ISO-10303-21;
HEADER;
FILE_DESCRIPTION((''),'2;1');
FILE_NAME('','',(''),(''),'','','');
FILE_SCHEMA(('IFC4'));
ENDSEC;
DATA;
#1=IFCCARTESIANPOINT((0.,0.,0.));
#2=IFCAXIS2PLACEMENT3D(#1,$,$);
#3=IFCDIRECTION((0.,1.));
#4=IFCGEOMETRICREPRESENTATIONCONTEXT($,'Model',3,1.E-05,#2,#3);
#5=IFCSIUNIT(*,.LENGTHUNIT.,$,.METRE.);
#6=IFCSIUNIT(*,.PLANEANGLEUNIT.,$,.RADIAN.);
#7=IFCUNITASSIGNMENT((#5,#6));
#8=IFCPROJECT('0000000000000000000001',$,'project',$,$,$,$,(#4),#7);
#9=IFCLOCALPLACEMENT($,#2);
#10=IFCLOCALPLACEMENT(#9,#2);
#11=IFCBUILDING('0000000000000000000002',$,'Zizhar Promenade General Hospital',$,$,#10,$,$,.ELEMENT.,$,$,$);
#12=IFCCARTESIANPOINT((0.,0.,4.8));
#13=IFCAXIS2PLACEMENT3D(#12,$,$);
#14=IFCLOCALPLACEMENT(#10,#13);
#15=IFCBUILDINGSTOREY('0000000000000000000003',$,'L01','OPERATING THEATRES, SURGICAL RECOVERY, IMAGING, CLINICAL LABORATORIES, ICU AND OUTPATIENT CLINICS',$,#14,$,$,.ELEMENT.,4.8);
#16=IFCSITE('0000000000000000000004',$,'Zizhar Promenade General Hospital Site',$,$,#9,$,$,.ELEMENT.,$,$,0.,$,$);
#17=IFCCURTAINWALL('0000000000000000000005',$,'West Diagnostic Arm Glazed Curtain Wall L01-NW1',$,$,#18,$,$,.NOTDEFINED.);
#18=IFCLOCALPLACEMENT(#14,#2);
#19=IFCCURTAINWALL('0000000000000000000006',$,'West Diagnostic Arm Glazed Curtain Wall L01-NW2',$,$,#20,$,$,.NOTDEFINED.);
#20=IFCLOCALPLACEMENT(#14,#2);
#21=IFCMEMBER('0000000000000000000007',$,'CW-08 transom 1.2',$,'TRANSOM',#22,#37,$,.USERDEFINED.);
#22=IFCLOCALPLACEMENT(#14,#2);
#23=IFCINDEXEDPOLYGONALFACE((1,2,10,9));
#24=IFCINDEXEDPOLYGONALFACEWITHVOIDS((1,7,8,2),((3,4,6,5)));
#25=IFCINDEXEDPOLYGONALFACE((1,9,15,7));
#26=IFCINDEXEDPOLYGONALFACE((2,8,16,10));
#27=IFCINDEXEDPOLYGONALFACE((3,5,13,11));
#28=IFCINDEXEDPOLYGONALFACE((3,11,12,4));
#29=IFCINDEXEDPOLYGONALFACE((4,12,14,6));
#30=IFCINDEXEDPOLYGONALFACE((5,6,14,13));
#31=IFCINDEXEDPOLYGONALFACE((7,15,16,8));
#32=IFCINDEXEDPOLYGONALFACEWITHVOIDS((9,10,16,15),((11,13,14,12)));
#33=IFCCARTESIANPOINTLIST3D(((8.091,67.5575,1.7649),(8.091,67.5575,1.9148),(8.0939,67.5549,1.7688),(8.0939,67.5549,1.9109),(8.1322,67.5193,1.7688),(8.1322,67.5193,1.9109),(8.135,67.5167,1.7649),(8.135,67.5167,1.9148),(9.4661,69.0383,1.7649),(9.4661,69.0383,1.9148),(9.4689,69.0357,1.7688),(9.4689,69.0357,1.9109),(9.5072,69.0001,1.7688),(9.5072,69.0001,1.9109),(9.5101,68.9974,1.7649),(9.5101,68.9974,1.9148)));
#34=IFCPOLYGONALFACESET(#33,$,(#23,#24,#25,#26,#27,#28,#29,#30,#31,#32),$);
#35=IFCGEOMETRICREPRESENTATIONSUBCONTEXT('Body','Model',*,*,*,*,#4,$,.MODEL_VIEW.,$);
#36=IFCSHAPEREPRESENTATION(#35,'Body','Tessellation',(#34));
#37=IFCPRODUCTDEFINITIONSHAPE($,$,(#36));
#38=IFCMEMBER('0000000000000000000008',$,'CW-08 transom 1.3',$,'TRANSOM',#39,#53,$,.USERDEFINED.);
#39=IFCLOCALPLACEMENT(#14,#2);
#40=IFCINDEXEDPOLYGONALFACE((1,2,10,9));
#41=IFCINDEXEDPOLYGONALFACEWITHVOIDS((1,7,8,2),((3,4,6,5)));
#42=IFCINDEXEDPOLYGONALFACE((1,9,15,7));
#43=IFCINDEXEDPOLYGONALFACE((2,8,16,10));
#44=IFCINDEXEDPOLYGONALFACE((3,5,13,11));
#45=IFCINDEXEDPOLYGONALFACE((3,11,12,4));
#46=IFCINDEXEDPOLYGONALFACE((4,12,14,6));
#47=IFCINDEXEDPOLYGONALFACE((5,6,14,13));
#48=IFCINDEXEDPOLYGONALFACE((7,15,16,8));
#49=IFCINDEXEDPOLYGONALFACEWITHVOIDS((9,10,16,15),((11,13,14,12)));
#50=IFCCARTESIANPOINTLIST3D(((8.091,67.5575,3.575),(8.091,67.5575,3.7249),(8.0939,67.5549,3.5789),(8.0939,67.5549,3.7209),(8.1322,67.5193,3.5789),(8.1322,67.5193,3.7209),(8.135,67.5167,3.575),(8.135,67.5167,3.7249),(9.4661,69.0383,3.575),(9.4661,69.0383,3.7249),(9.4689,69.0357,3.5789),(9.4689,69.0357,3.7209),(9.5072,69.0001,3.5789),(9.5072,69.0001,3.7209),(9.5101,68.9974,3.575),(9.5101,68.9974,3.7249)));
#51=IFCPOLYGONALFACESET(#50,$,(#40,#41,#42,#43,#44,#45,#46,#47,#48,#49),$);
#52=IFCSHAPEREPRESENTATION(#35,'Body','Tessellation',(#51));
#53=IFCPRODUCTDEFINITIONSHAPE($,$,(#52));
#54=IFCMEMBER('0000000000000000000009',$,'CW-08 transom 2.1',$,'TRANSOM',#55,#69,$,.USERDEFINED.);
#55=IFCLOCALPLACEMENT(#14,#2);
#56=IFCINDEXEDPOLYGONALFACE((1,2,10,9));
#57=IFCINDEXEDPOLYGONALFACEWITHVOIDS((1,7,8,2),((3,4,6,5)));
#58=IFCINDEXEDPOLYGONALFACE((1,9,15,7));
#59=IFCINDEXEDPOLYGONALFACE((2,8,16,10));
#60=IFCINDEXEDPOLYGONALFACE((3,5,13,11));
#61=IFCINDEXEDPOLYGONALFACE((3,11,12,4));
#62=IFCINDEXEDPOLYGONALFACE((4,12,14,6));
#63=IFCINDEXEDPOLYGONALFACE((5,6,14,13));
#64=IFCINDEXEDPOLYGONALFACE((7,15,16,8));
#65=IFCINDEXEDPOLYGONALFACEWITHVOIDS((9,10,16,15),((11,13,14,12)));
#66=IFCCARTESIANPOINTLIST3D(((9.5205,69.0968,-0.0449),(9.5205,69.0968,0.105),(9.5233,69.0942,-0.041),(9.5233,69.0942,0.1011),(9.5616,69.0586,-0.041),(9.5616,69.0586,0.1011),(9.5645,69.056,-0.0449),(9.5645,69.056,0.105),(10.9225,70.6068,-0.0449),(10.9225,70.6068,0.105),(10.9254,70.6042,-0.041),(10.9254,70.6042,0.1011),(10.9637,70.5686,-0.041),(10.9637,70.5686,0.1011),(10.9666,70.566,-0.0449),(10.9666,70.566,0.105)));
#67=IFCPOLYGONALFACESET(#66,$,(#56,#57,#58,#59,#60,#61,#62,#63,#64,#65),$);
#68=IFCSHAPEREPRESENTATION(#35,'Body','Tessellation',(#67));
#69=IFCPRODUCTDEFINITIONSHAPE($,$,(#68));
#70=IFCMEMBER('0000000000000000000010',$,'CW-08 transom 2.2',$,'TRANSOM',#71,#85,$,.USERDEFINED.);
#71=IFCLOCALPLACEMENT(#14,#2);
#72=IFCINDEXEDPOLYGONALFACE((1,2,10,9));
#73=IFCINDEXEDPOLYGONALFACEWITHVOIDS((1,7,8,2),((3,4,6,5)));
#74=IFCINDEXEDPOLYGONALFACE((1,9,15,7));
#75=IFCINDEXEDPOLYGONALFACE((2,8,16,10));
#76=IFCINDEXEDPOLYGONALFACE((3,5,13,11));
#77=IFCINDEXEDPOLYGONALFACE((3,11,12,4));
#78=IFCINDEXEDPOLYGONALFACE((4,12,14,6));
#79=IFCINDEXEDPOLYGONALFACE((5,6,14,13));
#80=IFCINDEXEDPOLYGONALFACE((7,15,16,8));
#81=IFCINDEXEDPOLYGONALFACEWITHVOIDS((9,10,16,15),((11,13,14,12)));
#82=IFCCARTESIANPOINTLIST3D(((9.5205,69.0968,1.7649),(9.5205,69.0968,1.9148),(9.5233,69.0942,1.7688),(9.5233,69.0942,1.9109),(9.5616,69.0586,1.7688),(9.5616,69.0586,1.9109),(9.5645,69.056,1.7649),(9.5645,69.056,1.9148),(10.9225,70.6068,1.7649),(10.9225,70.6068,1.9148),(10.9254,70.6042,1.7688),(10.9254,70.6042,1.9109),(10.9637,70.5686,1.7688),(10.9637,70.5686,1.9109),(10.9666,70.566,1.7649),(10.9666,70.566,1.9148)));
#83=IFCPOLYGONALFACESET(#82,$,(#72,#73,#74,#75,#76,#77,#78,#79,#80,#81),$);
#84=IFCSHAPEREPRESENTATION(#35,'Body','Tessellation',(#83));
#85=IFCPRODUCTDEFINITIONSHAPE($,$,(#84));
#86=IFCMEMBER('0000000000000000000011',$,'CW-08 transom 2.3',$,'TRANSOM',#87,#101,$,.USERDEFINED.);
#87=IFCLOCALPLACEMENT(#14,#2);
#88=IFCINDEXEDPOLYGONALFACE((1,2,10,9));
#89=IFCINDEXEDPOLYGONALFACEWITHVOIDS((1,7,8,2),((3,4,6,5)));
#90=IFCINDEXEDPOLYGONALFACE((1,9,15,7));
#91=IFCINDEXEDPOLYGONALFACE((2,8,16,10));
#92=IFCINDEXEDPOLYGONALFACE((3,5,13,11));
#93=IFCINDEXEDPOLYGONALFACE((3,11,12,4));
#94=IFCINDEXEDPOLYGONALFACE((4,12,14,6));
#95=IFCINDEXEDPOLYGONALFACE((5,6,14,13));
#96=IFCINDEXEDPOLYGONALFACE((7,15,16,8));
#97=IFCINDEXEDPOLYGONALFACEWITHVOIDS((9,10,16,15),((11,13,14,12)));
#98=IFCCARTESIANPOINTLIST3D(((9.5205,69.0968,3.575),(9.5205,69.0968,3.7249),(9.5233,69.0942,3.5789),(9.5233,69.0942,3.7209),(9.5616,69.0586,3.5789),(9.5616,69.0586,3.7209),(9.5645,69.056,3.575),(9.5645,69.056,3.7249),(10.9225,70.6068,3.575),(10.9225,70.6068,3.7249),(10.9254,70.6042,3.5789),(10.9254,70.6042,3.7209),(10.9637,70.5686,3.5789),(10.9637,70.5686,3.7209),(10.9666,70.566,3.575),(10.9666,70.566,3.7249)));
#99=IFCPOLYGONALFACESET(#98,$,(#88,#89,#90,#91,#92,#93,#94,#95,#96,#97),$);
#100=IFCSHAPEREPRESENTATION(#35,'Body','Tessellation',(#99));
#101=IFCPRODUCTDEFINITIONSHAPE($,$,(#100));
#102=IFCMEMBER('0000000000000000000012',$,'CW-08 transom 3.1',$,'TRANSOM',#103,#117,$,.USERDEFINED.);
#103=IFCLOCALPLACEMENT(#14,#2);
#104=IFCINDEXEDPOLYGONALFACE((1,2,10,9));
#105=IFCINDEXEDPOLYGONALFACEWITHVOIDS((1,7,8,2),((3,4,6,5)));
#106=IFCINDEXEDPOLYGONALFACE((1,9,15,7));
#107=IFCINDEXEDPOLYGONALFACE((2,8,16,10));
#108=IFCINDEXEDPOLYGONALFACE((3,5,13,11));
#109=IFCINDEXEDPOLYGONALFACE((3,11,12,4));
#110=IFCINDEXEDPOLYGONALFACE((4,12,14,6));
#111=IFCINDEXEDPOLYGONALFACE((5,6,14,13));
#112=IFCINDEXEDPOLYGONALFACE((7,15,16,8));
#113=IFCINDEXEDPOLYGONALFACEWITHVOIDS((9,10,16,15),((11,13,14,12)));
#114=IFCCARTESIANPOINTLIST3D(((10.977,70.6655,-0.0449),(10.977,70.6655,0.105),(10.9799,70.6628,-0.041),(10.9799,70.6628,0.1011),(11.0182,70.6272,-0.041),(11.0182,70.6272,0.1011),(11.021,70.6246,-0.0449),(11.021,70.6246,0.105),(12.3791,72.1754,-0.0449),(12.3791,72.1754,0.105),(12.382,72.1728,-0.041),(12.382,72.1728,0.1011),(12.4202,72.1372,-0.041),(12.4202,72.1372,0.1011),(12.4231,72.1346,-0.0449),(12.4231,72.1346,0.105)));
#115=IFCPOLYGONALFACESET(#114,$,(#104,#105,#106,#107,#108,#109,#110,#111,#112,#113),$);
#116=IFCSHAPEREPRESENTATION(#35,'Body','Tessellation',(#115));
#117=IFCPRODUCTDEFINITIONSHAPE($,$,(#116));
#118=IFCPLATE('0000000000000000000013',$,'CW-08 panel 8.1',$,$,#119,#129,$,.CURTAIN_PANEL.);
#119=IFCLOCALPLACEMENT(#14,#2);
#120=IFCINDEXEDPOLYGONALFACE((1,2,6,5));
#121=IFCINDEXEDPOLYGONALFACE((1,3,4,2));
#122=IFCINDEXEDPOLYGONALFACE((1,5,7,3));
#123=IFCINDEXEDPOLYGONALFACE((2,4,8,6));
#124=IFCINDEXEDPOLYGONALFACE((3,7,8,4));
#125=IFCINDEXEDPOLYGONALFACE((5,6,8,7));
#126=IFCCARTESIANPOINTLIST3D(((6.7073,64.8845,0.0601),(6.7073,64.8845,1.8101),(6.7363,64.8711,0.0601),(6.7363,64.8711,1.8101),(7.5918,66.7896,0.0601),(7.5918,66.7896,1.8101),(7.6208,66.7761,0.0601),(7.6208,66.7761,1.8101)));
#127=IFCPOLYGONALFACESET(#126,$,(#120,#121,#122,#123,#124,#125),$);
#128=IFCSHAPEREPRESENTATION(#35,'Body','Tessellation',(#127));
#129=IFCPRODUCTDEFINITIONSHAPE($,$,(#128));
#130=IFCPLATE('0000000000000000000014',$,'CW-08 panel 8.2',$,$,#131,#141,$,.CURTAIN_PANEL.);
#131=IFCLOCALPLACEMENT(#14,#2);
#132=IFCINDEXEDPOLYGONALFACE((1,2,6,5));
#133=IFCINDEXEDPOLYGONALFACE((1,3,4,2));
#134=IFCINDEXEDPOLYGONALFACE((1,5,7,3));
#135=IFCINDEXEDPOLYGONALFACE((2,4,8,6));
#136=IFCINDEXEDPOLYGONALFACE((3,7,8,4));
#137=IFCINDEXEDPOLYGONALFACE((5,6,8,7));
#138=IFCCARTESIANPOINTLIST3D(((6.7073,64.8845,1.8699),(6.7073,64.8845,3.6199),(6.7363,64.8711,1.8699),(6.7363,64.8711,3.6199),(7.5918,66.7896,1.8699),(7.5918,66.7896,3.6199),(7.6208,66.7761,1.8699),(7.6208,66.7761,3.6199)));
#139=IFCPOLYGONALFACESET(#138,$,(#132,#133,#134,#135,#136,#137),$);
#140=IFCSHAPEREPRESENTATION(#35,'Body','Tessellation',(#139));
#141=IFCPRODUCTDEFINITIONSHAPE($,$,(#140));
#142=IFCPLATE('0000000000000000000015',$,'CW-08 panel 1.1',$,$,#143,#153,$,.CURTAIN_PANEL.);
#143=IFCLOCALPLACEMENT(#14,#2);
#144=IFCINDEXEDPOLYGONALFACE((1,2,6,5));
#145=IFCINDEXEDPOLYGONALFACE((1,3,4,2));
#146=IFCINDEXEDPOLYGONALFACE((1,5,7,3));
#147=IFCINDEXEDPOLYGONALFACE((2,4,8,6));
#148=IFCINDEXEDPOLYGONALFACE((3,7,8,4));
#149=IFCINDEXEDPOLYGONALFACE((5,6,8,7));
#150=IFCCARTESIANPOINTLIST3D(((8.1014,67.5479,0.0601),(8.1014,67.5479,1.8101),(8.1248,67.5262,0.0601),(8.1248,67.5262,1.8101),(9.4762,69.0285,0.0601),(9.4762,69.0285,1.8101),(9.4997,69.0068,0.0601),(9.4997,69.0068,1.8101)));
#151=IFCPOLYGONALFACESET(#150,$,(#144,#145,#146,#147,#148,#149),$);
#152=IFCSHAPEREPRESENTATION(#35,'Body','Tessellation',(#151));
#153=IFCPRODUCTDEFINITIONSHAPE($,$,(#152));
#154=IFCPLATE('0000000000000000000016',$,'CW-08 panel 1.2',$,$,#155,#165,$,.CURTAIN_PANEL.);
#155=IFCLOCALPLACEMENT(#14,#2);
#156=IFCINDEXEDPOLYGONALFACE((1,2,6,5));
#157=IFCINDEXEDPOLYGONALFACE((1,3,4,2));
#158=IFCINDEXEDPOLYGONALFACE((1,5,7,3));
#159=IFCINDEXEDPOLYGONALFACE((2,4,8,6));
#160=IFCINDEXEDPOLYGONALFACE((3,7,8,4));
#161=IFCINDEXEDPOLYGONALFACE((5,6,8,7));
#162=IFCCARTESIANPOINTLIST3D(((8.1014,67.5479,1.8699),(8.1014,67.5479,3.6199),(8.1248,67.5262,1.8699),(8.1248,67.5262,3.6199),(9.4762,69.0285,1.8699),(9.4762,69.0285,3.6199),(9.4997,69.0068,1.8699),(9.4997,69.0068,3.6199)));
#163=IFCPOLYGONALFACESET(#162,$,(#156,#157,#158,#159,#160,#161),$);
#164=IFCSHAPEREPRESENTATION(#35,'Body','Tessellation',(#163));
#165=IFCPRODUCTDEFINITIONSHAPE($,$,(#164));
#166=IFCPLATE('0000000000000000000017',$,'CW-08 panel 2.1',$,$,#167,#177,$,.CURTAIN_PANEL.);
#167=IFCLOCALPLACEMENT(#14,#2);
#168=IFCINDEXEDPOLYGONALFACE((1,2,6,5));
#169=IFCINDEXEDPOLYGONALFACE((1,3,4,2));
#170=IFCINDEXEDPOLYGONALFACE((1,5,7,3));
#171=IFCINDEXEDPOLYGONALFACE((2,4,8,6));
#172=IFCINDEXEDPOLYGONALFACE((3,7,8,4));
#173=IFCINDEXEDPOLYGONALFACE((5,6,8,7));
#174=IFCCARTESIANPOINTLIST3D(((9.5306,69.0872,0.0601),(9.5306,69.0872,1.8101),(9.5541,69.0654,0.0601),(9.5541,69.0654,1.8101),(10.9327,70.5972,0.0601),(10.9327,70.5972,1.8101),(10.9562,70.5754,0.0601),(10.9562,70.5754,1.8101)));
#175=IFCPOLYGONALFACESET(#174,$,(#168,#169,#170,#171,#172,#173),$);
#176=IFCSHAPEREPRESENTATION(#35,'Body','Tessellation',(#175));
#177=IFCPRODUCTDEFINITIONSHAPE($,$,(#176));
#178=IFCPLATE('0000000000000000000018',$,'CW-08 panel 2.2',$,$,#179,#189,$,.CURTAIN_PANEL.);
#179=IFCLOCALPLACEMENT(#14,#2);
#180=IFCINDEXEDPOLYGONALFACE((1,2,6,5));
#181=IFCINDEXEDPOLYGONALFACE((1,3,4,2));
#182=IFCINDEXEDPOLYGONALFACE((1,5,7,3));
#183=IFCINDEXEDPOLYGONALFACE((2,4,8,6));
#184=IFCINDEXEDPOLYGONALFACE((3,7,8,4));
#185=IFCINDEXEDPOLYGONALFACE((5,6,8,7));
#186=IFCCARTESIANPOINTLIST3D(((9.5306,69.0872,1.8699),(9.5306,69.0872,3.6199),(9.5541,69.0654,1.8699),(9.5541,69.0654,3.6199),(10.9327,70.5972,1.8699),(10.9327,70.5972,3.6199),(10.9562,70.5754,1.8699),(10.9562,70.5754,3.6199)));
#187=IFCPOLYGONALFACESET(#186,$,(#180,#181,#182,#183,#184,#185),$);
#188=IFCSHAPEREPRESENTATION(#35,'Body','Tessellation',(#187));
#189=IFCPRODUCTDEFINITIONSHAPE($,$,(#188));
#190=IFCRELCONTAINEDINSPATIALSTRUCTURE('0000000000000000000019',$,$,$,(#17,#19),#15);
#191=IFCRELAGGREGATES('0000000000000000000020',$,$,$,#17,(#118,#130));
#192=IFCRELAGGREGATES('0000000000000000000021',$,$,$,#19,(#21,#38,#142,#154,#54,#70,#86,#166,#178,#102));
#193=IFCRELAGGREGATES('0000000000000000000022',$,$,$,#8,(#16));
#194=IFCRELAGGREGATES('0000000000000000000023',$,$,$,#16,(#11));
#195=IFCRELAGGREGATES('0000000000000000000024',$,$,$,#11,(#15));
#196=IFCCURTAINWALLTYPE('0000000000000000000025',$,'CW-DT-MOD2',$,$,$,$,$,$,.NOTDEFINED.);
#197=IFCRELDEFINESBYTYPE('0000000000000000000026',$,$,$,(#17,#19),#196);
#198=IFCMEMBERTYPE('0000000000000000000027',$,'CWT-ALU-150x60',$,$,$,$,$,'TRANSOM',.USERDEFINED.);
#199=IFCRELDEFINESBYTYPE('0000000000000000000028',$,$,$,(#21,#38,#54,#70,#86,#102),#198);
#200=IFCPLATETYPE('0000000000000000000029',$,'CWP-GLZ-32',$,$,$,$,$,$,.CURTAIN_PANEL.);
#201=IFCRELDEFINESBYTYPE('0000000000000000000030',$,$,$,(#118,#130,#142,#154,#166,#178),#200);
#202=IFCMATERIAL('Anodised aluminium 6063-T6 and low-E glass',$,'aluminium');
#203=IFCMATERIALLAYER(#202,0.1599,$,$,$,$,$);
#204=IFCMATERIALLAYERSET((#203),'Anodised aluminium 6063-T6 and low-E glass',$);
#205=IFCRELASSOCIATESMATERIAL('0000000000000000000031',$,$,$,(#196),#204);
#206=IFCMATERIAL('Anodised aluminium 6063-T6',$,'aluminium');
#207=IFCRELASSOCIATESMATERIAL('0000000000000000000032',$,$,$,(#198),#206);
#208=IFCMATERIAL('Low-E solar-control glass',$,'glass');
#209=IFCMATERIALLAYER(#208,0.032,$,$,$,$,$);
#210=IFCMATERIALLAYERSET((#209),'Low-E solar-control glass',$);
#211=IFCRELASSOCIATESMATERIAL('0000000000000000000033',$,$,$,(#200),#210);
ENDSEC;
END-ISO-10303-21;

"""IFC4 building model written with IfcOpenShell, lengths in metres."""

from ifc_helpers import new_model, si_unit, direction, frame, origin, origin_2d, place, context, subcontext, project, spatial, rectangle, hollow_rectangle, extrude, material, layer, layer_set, material_profile, profile_set, type_object, element, aggregate, save


model = new_model("IFC4")

# Units and contexts
model_context = context("Model", 3, precision=1e-05, world=origin(), true_north=direction((0.0, 1.0)))
body_context = subcontext(model_context, "Body", "Model", "MODEL_VIEW")
ifc_project = project(units=[si_unit("LENGTHUNIT", "METRE"), si_unit("PLANEANGLEUNIT", "RADIAN")], contexts=[model_context])

# Site, building, storey
site_placement = place(None, origin())
site = spatial("IfcSite", under=ifc_project, at=site_placement, Name="Zizhar Promenade General Hospital Site", CompositionType="ELEMENT", RefElevation=0.0)
building_placement = place(site_placement, origin())
building = spatial("IfcBuilding", under=site, at=building_placement, Name="Zizhar Promenade General Hospital", CompositionType="ELEMENT")
storey_placement = place(building_placement, frame((0.0, 0.0, 4.8)))
storey = spatial("IfcBuildingStorey", under=building, at=storey_placement, Name="L01", Description="OPERATING THEATRES, SURGICAL RECOVERY, IMAGING, CLINICAL LABORATORIES, ICU AND OUTPATIENT CLINICS", CompositionType="ELEMENT", Elevation=4.8)

# Curtain walls
ifc_material_1 = material(Name="Anodised aluminium 6063-T6 and low-E glass", Category="aluminium")
ifc_layer_1 = layer(ifc_material_1, 0.1599)
ifc_layer_set_1 = layer_set([ifc_layer_1], Name="Anodised aluminium 6063-T6 and low-E glass")
curtain_wall_type = type_object("IfcCurtainWallType", Name="CW-DT-MOD2", PredefinedType="NOTDEFINED", material=ifc_layer_set_1)
curtain_wall_1_placement = place(storey_placement, origin())
curtain_wall_1 = element("IfcCurtainWall", 1, at=curtain_wall_1_placement, inside=storey, type_object=curtain_wall_type, Name="West Diagnostic Arm Glazed Curtain Wall L01-NW1", PredefinedType="NOTDEFINED")
curtain_wall_2_placement = place(storey_placement, origin())
curtain_wall_2 = element("IfcCurtainWall", 2, at=curtain_wall_2_placement, inside=storey, type_object=curtain_wall_type, Name="West Diagnostic Arm Glazed Curtain Wall L01-NW2", PredefinedType="NOTDEFINED")

# Members
ifc_material_2 = material(Name="Anodised aluminium 6063-T6", Category="aluminium")
ifc_material_profile_1 = material_profile(ifc_material_2, hollow_rectangle(XDim=0.0601, YDim=0.1499, WallThickness=0.0039, at=origin_2d()))
ifc_profile_set_1 = profile_set([ifc_material_profile_1], Name="Anodised aluminium 6063-T6")
member_type_1 = type_object("IfcMemberType", Name="CWT-ALU-150x60", ElementType="TRANSOM", PredefinedType="USERDEFINED", material=ifc_profile_set_1)
member_1_placement = place(storey_placement, frame((8.113, 67.5371, 1.8398), z_axis=(0.680465, 0.732781, 0.0), x_axis=(-0.732781, 0.680465, 0.0)))
member_1 = element("IfcMember", 3, at=member_1_placement, type_object=member_type_1, Name="CW-08 transom 1.2", ObjectType="TRANSOM", PredefinedType="USERDEFINED", context=body_context, shape_type="SweptSolid", body=[
    extrude(hollow_rectangle(XDim=0.0601, YDim=0.1499, WallThickness=0.0039, at=origin_2d()), origin(), (0.0, 0.0, 1.0), 2.0208),
])
member_2_placement = place(storey_placement, frame((8.113, 67.5371, 3.6499), z_axis=(0.680465, 0.732781, 0.0), x_axis=(-0.732781, 0.680465, 0.0)))
member_2 = element("IfcMember", 4, at=member_2_placement, type_object=member_type_1, Name="CW-08 transom 1.3", ObjectType="TRANSOM", PredefinedType="USERDEFINED", context=body_context, shape_type="SweptSolid", body=[
    extrude(hollow_rectangle(XDim=0.0601, YDim=0.1499, WallThickness=0.0039, at=origin_2d()), origin(), (0.0, 0.0, 1.0), 2.0208),
])
member_3_placement = place(storey_placement, frame((9.5425, 69.0764, 0.03), z_axis=(0.680437, 0.732806, 0.0), x_axis=(-0.732806, 0.680437, 0.0)))
member_3 = element("IfcMember", 5, at=member_3_placement, type_object=member_type_1, Name="CW-08 transom 2.1", ObjectType="TRANSOM", PredefinedType="USERDEFINED", context=body_context, shape_type="SweptSolid", body=[
    extrude(hollow_rectangle(XDim=0.0601, YDim=0.1499, WallThickness=0.0039, at=origin_2d()), origin(), (0.0, 0.0, 1.0), 2.0605),
])
member_4_placement = place(storey_placement, frame((9.5425, 69.0764, 1.8398), z_axis=(0.680437, 0.732806, 0.0), x_axis=(-0.732806, 0.680437, 0.0)))
member_4 = element("IfcMember", 6, at=member_4_placement, type_object=member_type_1, Name="CW-08 transom 2.2", ObjectType="TRANSOM", PredefinedType="USERDEFINED", context=body_context, shape_type="SweptSolid", body=[
    extrude(hollow_rectangle(XDim=0.0601, YDim=0.1499, WallThickness=0.0039, at=origin_2d()), origin(), (0.0, 0.0, 1.0), 2.0605),
])
member_5_placement = place(storey_placement, frame((9.5425, 69.0764, 3.6499), z_axis=(0.680437, 0.732806, 0.0), x_axis=(-0.732806, 0.680437, 0.0)))
member_5 = element("IfcMember", 7, at=member_5_placement, type_object=member_type_1, Name="CW-08 transom 2.3", ObjectType="TRANSOM", PredefinedType="USERDEFINED", context=body_context, shape_type="SweptSolid", body=[
    extrude(hollow_rectangle(XDim=0.0601, YDim=0.1499, WallThickness=0.0039, at=origin_2d()), origin(), (0.0, 0.0, 1.0), 2.0605),
])
member_6_placement = place(storey_placement, frame((10.999, 70.645, 0.03), z_axis=(0.680437, 0.732806, 0.0), x_axis=(-0.732806, 0.680437, 0.0)))
member_6 = element("IfcMember", 8, at=member_6_placement, type_object=member_type_1, Name="CW-08 transom 3.1", ObjectType="TRANSOM", PredefinedType="USERDEFINED", context=body_context, shape_type="SweptSolid", body=[
    extrude(hollow_rectangle(XDim=0.0601, YDim=0.1499, WallThickness=0.0039, at=origin_2d()), origin(), (0.0, 0.0, 1.0), 2.0605),
])

# Plates
ifc_material_3 = material(Name="Low-E solar-control glass", Category="glass")
ifc_layer_2 = layer(ifc_material_3, 0.032)
ifc_layer_set_2 = layer_set([ifc_layer_2], Name="Low-E solar-control glass")
plate_type = type_object("IfcPlateType", Name="CWP-GLZ-32", PredefinedType="CURTAIN_PANEL", material=ifc_layer_set_2)
plate_1_placement = place(storey_placement, frame((7.1641, 65.8303, 0.0601), z_axis=(0.0, 0.0, 1.0), x_axis=(0.421115, 0.907007, 0.0)))
plate_1 = element("IfcPlate", 9, at=plate_1_placement, type_object=plate_type, Name="CW-08 panel 8.1", PredefinedType="CURTAIN_PANEL", context=body_context, shape_type="SweptSolid", body=[
    extrude(rectangle(XDim=2.1003, YDim=0.032, at=origin_2d()), origin(), (0.0, 0.0, 1.0), 1.75),
])
plate_2_placement = place(storey_placement, frame((7.1641, 65.8303, 1.8699), z_axis=(0.0, 0.0, 1.0), x_axis=(0.421115, 0.907007, 0.0)))
plate_2 = element("IfcPlate", 10, at=plate_2_placement, type_object=plate_type, Name="CW-08 panel 8.2", PredefinedType="CURTAIN_PANEL", context=body_context, shape_type="SweptSolid", body=[
    extrude(rectangle(XDim=2.1003, YDim=0.032, at=origin_2d()), origin(), (0.0, 0.0, 1.0), 1.75),
])
aggregate(curtain_wall_1, [plate_1, plate_2])
plate_3_placement = place(storey_placement, frame((8.8005, 68.2773, 0.0601), z_axis=(0.0, 0.0, 1.0), x_axis=(0.680452, 0.732793, 0.0)))
plate_3 = element("IfcPlate", 11, at=plate_3_placement, type_object=plate_type, Name="CW-08 panel 1.1", PredefinedType="CURTAIN_PANEL", context=body_context, shape_type="SweptSolid", body=[
    extrude(rectangle(XDim=2.0205, YDim=0.032, at=origin_2d()), origin(), (0.0, 0.0, 1.0), 1.75),
])
plate_4_placement = place(storey_placement, frame((8.8005, 68.2773, 1.8699), z_axis=(0.0, 0.0, 1.0), x_axis=(0.680452, 0.732793, 0.0)))
plate_4 = element("IfcPlate", 12, at=plate_4_placement, type_object=plate_type, Name="CW-08 panel 1.2", PredefinedType="CURTAIN_PANEL", context=body_context, shape_type="SweptSolid", body=[
    extrude(rectangle(XDim=2.0205, YDim=0.032, at=origin_2d()), origin(), (0.0, 0.0, 1.0), 1.75),
])
plate_5_placement = place(storey_placement, frame((10.2434, 69.8313, 0.0601), z_axis=(0.0, 0.0, 1.0), x_axis=(0.680452, 0.732793, 0.0)))
plate_5 = element("IfcPlate", 13, at=plate_5_placement, type_object=plate_type, Name="CW-08 panel 2.1", PredefinedType="CURTAIN_PANEL", context=body_context, shape_type="SweptSolid", body=[
    extrude(rectangle(XDim=2.0605, YDim=0.032, at=origin_2d()), origin(), (0.0, 0.0, 1.0), 1.75),
])
plate_6_placement = place(storey_placement, frame((10.2434, 69.8313, 1.8699), z_axis=(0.0, 0.0, 1.0), x_axis=(0.680452, 0.732793, 0.0)))
plate_6 = element("IfcPlate", 14, at=plate_6_placement, type_object=plate_type, Name="CW-08 panel 2.2", PredefinedType="CURTAIN_PANEL", context=body_context, shape_type="SweptSolid", body=[
    extrude(rectangle(XDim=2.0605, YDim=0.032, at=origin_2d()), origin(), (0.0, 0.0, 1.0), 1.75),
])
aggregate(curtain_wall_2, [member_1, member_2, plate_3, plate_4, member_3, member_4, member_5, plate_5, plate_6, member_6])

save(model, "model.ifc")
